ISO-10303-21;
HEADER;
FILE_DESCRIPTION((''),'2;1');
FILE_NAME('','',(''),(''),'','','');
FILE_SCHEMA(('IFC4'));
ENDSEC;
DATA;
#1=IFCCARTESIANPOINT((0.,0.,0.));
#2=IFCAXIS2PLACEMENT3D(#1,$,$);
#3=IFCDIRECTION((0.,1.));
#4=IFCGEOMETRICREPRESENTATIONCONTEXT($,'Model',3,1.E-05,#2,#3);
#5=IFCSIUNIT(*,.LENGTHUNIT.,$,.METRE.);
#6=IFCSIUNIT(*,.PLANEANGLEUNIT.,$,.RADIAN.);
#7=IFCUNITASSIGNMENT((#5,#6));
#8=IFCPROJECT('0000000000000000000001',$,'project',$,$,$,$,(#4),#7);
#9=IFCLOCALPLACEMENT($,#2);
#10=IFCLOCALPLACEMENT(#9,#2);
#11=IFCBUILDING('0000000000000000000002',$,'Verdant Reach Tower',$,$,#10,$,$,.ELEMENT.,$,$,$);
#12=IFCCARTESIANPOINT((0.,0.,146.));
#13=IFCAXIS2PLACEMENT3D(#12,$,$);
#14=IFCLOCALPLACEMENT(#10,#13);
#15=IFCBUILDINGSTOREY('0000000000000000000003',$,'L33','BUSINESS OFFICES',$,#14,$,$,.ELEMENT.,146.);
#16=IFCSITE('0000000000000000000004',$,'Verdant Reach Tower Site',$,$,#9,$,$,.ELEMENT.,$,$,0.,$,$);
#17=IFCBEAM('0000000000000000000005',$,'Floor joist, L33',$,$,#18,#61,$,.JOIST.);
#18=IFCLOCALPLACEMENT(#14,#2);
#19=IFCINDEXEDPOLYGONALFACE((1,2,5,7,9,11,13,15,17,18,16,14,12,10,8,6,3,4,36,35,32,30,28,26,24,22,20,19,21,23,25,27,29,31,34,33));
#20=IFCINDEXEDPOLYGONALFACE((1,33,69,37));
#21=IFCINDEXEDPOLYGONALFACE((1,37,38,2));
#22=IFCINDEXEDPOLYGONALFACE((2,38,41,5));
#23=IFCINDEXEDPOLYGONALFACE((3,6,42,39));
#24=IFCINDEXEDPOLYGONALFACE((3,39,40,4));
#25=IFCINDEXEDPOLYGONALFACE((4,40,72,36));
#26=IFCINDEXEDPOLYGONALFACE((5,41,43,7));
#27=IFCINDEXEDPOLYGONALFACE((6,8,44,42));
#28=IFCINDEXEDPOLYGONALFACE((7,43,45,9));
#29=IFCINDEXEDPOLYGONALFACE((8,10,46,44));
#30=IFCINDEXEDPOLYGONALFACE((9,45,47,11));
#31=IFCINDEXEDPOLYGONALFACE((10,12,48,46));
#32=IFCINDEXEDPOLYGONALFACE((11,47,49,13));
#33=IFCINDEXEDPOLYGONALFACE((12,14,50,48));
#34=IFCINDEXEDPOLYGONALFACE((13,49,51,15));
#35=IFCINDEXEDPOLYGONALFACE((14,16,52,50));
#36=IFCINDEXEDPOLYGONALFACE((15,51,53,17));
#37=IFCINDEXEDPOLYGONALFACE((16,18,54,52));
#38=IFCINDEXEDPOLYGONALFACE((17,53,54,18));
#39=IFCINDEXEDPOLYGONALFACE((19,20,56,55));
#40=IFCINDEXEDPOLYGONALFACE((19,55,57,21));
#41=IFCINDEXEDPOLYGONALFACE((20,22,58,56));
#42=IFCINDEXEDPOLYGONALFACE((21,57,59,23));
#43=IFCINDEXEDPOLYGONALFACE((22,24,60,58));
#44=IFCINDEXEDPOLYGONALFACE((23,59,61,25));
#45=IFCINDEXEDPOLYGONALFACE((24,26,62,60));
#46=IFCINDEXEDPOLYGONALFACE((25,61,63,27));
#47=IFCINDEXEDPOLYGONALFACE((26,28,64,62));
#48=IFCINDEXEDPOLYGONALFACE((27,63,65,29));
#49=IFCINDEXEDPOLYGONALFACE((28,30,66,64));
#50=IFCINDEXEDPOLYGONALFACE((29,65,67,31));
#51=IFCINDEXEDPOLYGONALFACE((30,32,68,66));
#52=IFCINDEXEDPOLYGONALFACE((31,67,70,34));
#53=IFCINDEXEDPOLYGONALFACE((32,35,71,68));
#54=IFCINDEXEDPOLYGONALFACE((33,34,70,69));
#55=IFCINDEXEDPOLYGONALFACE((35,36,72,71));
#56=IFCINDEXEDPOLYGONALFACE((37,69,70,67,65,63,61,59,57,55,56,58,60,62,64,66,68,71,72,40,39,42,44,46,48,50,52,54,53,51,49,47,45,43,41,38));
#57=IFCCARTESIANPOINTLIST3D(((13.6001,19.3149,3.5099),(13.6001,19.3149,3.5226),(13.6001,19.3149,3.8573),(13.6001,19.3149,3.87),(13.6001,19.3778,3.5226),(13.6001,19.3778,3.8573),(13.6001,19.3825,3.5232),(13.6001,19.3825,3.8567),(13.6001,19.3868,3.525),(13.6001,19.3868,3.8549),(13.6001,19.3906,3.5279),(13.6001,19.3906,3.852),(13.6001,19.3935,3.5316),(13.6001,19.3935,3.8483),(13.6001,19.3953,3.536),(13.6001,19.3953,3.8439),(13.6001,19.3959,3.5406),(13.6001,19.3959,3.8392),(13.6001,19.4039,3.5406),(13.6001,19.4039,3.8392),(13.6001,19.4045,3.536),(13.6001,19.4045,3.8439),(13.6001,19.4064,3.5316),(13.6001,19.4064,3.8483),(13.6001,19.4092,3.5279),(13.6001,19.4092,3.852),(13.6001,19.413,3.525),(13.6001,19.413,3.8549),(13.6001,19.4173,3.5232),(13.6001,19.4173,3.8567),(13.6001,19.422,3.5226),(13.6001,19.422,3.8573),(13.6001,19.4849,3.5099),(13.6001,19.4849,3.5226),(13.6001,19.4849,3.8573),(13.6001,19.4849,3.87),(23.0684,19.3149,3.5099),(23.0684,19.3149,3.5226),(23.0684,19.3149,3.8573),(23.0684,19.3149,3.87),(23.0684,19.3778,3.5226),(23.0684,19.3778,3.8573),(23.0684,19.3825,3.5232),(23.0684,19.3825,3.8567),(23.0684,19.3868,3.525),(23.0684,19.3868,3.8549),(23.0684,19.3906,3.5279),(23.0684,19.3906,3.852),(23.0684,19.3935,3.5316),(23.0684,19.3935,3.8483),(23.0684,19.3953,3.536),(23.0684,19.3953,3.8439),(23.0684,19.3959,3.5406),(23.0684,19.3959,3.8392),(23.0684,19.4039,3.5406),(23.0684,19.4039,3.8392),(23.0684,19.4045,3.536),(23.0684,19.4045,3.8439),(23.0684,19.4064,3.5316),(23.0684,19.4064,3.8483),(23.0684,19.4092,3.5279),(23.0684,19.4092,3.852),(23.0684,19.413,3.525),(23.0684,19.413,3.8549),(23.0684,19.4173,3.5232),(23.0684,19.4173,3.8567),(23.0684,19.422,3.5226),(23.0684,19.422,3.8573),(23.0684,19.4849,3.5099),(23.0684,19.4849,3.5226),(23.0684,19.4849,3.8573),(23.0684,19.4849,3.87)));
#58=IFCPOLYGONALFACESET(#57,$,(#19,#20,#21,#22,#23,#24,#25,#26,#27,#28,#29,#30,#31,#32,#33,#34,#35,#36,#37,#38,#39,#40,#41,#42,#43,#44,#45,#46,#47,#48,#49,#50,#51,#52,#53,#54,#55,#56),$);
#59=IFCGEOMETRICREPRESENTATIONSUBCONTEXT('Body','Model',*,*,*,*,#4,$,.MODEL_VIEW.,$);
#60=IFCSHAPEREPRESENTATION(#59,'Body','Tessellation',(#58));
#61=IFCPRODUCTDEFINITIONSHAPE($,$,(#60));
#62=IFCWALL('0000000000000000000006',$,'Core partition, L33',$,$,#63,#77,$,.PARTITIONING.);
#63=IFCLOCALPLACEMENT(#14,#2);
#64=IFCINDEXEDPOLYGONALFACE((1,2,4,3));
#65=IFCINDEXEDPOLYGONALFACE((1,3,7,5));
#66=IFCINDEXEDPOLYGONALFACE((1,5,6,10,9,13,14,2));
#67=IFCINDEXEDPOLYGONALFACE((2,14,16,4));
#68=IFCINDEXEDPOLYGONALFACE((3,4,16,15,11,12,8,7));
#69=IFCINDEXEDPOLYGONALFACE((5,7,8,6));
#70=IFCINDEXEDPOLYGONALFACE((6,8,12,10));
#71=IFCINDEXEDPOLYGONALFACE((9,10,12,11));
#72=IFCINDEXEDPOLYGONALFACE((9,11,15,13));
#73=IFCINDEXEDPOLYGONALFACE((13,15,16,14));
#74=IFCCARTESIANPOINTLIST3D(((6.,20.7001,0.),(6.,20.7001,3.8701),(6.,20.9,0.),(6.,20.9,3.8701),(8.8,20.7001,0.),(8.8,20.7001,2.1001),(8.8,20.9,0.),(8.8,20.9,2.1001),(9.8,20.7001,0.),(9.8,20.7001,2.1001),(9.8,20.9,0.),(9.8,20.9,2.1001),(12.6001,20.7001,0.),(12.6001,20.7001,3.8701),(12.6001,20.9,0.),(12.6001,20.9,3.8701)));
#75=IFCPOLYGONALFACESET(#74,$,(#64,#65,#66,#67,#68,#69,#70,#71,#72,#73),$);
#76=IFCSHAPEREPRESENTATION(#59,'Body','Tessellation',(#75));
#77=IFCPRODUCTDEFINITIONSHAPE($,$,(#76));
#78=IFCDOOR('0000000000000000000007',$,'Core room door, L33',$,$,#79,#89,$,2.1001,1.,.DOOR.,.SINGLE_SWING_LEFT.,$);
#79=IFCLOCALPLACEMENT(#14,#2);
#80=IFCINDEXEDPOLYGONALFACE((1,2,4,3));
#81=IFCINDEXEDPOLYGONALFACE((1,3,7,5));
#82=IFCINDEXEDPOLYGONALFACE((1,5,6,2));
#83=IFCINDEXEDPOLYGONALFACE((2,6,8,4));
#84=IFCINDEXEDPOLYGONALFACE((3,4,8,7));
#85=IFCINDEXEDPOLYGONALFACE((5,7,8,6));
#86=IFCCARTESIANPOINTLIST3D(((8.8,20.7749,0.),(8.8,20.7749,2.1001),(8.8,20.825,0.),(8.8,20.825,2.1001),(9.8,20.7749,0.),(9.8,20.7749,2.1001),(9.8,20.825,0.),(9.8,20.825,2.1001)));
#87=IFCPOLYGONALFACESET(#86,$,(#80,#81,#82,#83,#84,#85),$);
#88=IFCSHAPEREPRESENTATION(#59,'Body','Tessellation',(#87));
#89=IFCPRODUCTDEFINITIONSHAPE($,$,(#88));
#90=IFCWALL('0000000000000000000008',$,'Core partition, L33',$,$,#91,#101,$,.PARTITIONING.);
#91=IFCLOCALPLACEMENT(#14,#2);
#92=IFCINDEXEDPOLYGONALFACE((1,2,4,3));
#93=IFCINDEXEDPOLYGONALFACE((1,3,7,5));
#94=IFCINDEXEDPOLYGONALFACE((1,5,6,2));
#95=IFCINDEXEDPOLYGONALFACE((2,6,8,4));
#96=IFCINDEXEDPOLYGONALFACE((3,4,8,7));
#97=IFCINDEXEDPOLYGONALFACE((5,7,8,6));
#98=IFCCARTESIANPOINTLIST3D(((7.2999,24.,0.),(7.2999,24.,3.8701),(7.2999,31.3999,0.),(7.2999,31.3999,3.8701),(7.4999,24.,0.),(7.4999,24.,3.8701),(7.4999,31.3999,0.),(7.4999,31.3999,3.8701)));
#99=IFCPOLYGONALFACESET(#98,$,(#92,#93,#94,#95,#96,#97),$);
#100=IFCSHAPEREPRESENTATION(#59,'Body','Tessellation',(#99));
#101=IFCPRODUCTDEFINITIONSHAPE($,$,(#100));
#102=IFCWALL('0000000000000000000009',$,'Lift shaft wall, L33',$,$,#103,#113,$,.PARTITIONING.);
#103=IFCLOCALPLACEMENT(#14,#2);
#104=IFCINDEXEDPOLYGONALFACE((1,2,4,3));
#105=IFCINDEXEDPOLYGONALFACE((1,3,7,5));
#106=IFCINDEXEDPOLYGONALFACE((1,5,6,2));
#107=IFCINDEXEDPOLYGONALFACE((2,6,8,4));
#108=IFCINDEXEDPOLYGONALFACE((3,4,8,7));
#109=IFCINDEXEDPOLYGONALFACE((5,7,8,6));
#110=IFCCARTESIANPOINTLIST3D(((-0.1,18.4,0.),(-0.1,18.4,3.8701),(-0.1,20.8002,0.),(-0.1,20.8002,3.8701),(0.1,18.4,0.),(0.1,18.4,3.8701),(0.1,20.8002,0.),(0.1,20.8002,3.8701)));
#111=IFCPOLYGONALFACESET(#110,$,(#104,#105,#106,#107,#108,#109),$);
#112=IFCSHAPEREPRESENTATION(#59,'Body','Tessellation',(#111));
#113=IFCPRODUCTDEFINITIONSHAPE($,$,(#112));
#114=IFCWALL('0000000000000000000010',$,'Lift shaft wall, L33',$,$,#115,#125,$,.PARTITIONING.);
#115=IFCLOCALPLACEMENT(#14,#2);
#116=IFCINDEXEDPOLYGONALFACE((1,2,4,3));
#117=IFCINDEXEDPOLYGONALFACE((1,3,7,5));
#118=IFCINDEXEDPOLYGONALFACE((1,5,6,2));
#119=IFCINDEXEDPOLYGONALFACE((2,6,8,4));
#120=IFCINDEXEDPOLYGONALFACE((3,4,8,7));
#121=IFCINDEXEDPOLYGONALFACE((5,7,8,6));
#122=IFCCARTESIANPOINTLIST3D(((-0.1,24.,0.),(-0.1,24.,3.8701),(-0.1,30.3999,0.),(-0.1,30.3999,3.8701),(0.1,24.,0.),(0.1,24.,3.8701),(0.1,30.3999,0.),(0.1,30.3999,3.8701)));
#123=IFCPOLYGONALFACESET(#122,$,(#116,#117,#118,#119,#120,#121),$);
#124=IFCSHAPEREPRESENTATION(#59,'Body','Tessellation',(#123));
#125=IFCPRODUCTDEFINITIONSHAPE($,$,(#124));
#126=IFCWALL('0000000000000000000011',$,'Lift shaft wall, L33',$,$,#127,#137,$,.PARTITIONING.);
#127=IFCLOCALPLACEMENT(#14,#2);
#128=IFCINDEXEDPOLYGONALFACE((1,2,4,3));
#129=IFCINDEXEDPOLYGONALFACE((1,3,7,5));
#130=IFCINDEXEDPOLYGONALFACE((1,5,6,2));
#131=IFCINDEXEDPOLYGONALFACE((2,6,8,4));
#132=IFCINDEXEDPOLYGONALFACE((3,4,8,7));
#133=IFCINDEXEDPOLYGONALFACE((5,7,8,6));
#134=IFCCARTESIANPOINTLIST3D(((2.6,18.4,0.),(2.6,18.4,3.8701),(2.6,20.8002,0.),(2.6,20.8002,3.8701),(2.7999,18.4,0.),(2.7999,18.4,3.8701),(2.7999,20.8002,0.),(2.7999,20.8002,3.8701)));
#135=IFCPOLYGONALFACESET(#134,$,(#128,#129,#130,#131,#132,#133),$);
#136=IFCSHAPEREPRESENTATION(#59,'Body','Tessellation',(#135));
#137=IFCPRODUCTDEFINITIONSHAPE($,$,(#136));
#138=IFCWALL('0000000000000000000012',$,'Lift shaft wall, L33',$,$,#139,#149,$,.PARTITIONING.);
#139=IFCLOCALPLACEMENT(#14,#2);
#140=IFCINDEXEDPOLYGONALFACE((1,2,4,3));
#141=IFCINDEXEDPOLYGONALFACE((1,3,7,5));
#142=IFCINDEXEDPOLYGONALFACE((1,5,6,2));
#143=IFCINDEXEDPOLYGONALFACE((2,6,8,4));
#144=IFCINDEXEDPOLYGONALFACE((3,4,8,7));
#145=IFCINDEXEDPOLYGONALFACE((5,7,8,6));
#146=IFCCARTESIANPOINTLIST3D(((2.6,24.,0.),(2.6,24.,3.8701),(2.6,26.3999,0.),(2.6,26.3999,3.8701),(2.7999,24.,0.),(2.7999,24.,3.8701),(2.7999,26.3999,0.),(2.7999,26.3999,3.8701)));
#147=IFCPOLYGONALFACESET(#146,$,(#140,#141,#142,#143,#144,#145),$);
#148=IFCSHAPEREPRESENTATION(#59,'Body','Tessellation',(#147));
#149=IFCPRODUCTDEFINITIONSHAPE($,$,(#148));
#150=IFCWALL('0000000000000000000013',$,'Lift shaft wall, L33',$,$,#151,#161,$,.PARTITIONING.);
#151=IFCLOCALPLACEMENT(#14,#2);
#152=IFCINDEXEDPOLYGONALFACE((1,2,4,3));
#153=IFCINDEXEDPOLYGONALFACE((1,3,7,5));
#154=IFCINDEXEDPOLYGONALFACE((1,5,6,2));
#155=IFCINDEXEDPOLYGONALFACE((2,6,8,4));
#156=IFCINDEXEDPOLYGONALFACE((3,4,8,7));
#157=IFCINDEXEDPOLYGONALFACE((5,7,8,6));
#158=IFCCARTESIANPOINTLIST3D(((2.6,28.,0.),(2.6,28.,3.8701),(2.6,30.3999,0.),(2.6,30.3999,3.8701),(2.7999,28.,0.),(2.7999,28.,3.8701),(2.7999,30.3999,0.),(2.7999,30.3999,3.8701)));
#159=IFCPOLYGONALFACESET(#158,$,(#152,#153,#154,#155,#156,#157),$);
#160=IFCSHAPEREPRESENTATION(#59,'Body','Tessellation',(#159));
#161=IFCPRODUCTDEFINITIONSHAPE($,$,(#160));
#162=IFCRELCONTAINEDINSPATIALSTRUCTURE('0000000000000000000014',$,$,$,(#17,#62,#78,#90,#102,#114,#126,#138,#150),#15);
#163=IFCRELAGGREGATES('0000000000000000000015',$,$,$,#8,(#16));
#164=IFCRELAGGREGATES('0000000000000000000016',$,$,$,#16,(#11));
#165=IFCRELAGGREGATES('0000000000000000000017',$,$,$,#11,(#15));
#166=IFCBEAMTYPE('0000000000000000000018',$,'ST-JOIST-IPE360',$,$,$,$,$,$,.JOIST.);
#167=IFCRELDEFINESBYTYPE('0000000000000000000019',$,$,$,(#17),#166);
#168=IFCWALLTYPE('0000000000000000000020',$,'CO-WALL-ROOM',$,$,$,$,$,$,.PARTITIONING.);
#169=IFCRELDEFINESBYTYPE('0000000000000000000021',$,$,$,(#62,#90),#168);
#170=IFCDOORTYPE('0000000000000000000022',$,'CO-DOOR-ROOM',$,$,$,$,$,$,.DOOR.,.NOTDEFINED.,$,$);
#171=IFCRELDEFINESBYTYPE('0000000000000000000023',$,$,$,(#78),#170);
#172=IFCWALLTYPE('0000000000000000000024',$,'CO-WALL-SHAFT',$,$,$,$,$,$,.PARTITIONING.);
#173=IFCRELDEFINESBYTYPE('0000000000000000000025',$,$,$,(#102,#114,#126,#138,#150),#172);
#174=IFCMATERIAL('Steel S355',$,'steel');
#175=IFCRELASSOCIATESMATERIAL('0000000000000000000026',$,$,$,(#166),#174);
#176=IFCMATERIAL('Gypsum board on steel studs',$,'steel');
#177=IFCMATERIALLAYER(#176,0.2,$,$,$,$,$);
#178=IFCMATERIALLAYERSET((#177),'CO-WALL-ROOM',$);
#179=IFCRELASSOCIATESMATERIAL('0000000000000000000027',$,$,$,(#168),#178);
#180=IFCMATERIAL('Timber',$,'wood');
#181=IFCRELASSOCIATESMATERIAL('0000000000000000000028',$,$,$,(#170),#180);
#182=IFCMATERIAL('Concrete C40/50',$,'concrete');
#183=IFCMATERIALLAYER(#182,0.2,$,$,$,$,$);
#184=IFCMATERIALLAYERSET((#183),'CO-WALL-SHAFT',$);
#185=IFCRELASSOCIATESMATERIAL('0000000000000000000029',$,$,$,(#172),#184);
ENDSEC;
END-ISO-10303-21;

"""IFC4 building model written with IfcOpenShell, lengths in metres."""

from ifc_helpers import new_model, si_unit, direction, frame, frame_2d, origin, origin_2d, place, context, subcontext, project, spatial, rectangle, i_section, extrude, material, layer, layer_set, material_profile, profile_set, type_object, element, fill, save


model = new_model("IFC4")

# Units and contexts
model_context = context("Model", 3, precision=1e-05, world=origin(), true_north=direction((0.0, 1.0)))
body_context = subcontext(model_context, "Body", "Model", "MODEL_VIEW")
ifc_project = project(units=[si_unit("LENGTHUNIT", "METRE"), si_unit("PLANEANGLEUNIT", "RADIAN")], contexts=[model_context])

# Site, building, storey
site_placement = place(None, origin())
site = spatial("IfcSite", under=ifc_project, at=site_placement, Name="Verdant Reach Tower Site", CompositionType="ELEMENT", RefElevation=0.0)
building_placement = place(site_placement, origin())
building = spatial("IfcBuilding", under=site, at=building_placement, Name="Verdant Reach Tower", CompositionType="ELEMENT")
storey_placement = place(building_placement, frame((0.0, 0.0, 146.0)))
storey = spatial("IfcBuildingStorey", under=building, at=storey_placement, Name="L33", Description="BUSINESS OFFICES", CompositionType="ELEMENT", Elevation=146.0)

# Beam
ifc_material_1 = material(Name="Steel S355", Category="steel")
ifc_material_profile = material_profile(ifc_material_1, i_section(OverallWidth=0.1699, OverallDepth=0.3601, WebThickness=0.0081, FlangeThickness=0.0127, FilletRadius=0.0181, at=origin_2d()), Name="IPE 360")
ifc_profile_set = profile_set([ifc_material_profile], Name="Steel S355")
beam_type = type_object("IfcBeamType", Name="ST-JOIST-IPE360", PredefinedType="JOIST", material=ifc_profile_set)
beam_placement = place(storey_placement, frame((13.6001, 19.3999, 3.6899), z_axis=(1.0, 0.0, 0.0), x_axis=(0.0, 1.0, 0.0)))
element("IfcBeam", 1, at=beam_placement, inside=storey, type_object=beam_type, Name="Floor joist, L33", PredefinedType="JOIST", context=body_context, shape_type="SweptSolid", body=[
    extrude(i_section(OverallWidth=0.1699, OverallDepth=0.3601, WebThickness=0.0081, FlangeThickness=0.0127, FilletRadius=0.0181, at=origin_2d()), origin(), (0.0, 0.0, 1.0), 9.4683),
])

# Wall, opening, door
ifc_material_2 = material(Name="Gypsum board on steel studs", Category="steel")
ifc_layer_1 = layer(ifc_material_2, 0.2)
ifc_layer_set_1 = layer_set([ifc_layer_1], Name="CO-WALL-ROOM")
wall_type_1 = type_object("IfcWallType", Name="CO-WALL-ROOM", PredefinedType="PARTITIONING", material=ifc_layer_set_1)
wall_1_placement = place(storey_placement, frame((6.0, 20.8, 0.0), z_axis=(0.0, 0.0, 1.0), x_axis=(1.0, 0.0, 0.0)))
wall_1 = element("IfcWall", 2, at=wall_1_placement, inside=storey, type_object=wall_type_1, Name="Core partition, L33", PredefinedType="PARTITIONING", context=body_context, shape_type="SweptSolid", body=[
    extrude(rectangle(XDim=6.6001, YDim=0.2, at=frame_2d((3.3, 0.0))), origin(), (0.0, 0.0, 1.0), 3.8701),
])
opening_1_placement = place(wall_1_placement, frame((2.8, 0.0, 0.0)))
opening_1 = element("IfcOpeningElement", 3, at=opening_1_placement, cuts=wall_1, PredefinedType="OPENING", context=body_context, shape_type="SweptSolid", body=[
    extrude(rectangle(XDim=1.0, YDim=2.1001, at=frame_2d((0.5, 1.05))), frame((0.0, 0.1099, 0.0), z_axis=(0.0, -1.0, 0.0), x_axis=(1.0, 0.0, 0.0)), (0.0, 0.0, 1.0), 0.22),
])
ifc_material_3 = material(Name="Timber", Category="wood")
door_type_1 = type_object("IfcDoorType", Name="CO-DOOR-ROOM", OperationType="NOTDEFINED", PredefinedType="DOOR", material=ifc_material_3)
door_1_placement = place(opening_1_placement, origin())
door_1 = element("IfcDoor", 4, at=door_1_placement, inside=storey, type_object=door_type_1, Name="Core room door, L33", OperationType="SINGLE_SWING_LEFT", OverallHeight=2.1001, OverallWidth=1.0, PredefinedType="DOOR", context=body_context, shape_type="SweptSolid", body=[
    extrude(rectangle(XDim=1.0, YDim=2.1001, at=frame_2d((0.5, 1.05))), frame((0.0, 0.0249, 0.0), z_axis=(0.0, -1.0, 0.0), x_axis=(1.0, 0.0, 0.0)), (0.0, 0.0, 1.0), 0.05),
])
fill(opening_1, door_1)

# Walls
wall_2_placement = place(storey_placement, frame((7.3999, 24.0, 0.0), z_axis=(0.0, 0.0, 1.0), x_axis=(0.0, 1.0, 0.0)))
element("IfcWall", 5, at=wall_2_placement, inside=storey, type_object=wall_type_1, Name="Core partition, L33", PredefinedType="PARTITIONING", context=body_context, shape_type="SweptSolid", body=[
    extrude(rectangle(XDim=7.3999, YDim=0.2, at=frame_2d((3.7, 0.0))), origin(), (0.0, 0.0, 1.0), 3.8701),
])
ifc_material_4 = material(Name="Concrete C40/50", Category="concrete")
ifc_layer_2 = layer(ifc_material_4, 0.2)
ifc_layer_set_2 = layer_set([ifc_layer_2], Name="CO-WALL-SHAFT")
wall_type_2 = type_object("IfcWallType", Name="CO-WALL-SHAFT", PredefinedType="PARTITIONING", material=ifc_layer_set_2)
wall_3_placement = place(storey_placement, frame((0.0, 18.3999, 0.0), z_axis=(0.0, 0.0, 1.0), x_axis=(0.0, 1.0, 0.0)))
element("IfcWall", 6, at=wall_3_placement, inside=storey, type_object=wall_type_2, Name="Lift shaft wall, L33", PredefinedType="PARTITIONING", context=body_context, shape_type="SweptSolid", body=[
    extrude(rectangle(XDim=2.4001, YDim=0.2, at=frame_2d((1.2002, 0.0))), origin(), (0.0, 0.0, 1.0), 3.8701),
])
wall_4_placement = place(storey_placement, frame((0.0, 24.0, 0.0), z_axis=(0.0, 0.0, 1.0), x_axis=(0.0, 1.0, 0.0)))
element("IfcWall", 7, at=wall_4_placement, inside=storey, type_object=wall_type_2, Name="Lift shaft wall, L33", PredefinedType="PARTITIONING", context=body_context, shape_type="SweptSolid", body=[
    extrude(rectangle(XDim=6.3999, YDim=0.2, at=frame_2d((3.2, 0.0))), origin(), (0.0, 0.0, 1.0), 3.8701),
])
wall_5_placement = place(storey_placement, frame((2.7, 18.3999, 0.0), z_axis=(0.0, 0.0, 1.0), x_axis=(0.0, 1.0, 0.0)))
element("IfcWall", 8, at=wall_5_placement, inside=storey, type_object=wall_type_2, Name="Lift shaft wall, L33", PredefinedType="PARTITIONING", context=body_context, shape_type="SweptSolid", body=[
    extrude(rectangle(XDim=2.4001, YDim=0.2, at=frame_2d((1.2002, 0.0))), origin(), (0.0, 0.0, 1.0), 3.8701),
])
for number, where, z_axis, x_axis, name in (
    (9, (2.7, 24.0, 0.0), (0.0, 0.0, 1.0), (0.0, 1.0, 0.0), "Lift shaft wall, L33"),
    (10, (2.7, 28.0, 0.0), (0.0, 0.0, 1.0), (0.0, 1.0, 0.0), "Lift shaft wall, L33"),
):
    element("IfcWall", number, at=place(storey_placement, frame(where, z_axis=z_axis, x_axis=x_axis)), inside=storey, type_object=wall_type_2, Name=name, PredefinedType="PARTITIONING", context=body_context, shape_type="SweptSolid", body=[
        extrude(rectangle(XDim=2.3999, YDim=0.2, at=frame_2d((1.2, 0.0))), origin(), (0.0, 0.0, 1.0), 3.8701),
    ])

save(model, "model.ifc")
